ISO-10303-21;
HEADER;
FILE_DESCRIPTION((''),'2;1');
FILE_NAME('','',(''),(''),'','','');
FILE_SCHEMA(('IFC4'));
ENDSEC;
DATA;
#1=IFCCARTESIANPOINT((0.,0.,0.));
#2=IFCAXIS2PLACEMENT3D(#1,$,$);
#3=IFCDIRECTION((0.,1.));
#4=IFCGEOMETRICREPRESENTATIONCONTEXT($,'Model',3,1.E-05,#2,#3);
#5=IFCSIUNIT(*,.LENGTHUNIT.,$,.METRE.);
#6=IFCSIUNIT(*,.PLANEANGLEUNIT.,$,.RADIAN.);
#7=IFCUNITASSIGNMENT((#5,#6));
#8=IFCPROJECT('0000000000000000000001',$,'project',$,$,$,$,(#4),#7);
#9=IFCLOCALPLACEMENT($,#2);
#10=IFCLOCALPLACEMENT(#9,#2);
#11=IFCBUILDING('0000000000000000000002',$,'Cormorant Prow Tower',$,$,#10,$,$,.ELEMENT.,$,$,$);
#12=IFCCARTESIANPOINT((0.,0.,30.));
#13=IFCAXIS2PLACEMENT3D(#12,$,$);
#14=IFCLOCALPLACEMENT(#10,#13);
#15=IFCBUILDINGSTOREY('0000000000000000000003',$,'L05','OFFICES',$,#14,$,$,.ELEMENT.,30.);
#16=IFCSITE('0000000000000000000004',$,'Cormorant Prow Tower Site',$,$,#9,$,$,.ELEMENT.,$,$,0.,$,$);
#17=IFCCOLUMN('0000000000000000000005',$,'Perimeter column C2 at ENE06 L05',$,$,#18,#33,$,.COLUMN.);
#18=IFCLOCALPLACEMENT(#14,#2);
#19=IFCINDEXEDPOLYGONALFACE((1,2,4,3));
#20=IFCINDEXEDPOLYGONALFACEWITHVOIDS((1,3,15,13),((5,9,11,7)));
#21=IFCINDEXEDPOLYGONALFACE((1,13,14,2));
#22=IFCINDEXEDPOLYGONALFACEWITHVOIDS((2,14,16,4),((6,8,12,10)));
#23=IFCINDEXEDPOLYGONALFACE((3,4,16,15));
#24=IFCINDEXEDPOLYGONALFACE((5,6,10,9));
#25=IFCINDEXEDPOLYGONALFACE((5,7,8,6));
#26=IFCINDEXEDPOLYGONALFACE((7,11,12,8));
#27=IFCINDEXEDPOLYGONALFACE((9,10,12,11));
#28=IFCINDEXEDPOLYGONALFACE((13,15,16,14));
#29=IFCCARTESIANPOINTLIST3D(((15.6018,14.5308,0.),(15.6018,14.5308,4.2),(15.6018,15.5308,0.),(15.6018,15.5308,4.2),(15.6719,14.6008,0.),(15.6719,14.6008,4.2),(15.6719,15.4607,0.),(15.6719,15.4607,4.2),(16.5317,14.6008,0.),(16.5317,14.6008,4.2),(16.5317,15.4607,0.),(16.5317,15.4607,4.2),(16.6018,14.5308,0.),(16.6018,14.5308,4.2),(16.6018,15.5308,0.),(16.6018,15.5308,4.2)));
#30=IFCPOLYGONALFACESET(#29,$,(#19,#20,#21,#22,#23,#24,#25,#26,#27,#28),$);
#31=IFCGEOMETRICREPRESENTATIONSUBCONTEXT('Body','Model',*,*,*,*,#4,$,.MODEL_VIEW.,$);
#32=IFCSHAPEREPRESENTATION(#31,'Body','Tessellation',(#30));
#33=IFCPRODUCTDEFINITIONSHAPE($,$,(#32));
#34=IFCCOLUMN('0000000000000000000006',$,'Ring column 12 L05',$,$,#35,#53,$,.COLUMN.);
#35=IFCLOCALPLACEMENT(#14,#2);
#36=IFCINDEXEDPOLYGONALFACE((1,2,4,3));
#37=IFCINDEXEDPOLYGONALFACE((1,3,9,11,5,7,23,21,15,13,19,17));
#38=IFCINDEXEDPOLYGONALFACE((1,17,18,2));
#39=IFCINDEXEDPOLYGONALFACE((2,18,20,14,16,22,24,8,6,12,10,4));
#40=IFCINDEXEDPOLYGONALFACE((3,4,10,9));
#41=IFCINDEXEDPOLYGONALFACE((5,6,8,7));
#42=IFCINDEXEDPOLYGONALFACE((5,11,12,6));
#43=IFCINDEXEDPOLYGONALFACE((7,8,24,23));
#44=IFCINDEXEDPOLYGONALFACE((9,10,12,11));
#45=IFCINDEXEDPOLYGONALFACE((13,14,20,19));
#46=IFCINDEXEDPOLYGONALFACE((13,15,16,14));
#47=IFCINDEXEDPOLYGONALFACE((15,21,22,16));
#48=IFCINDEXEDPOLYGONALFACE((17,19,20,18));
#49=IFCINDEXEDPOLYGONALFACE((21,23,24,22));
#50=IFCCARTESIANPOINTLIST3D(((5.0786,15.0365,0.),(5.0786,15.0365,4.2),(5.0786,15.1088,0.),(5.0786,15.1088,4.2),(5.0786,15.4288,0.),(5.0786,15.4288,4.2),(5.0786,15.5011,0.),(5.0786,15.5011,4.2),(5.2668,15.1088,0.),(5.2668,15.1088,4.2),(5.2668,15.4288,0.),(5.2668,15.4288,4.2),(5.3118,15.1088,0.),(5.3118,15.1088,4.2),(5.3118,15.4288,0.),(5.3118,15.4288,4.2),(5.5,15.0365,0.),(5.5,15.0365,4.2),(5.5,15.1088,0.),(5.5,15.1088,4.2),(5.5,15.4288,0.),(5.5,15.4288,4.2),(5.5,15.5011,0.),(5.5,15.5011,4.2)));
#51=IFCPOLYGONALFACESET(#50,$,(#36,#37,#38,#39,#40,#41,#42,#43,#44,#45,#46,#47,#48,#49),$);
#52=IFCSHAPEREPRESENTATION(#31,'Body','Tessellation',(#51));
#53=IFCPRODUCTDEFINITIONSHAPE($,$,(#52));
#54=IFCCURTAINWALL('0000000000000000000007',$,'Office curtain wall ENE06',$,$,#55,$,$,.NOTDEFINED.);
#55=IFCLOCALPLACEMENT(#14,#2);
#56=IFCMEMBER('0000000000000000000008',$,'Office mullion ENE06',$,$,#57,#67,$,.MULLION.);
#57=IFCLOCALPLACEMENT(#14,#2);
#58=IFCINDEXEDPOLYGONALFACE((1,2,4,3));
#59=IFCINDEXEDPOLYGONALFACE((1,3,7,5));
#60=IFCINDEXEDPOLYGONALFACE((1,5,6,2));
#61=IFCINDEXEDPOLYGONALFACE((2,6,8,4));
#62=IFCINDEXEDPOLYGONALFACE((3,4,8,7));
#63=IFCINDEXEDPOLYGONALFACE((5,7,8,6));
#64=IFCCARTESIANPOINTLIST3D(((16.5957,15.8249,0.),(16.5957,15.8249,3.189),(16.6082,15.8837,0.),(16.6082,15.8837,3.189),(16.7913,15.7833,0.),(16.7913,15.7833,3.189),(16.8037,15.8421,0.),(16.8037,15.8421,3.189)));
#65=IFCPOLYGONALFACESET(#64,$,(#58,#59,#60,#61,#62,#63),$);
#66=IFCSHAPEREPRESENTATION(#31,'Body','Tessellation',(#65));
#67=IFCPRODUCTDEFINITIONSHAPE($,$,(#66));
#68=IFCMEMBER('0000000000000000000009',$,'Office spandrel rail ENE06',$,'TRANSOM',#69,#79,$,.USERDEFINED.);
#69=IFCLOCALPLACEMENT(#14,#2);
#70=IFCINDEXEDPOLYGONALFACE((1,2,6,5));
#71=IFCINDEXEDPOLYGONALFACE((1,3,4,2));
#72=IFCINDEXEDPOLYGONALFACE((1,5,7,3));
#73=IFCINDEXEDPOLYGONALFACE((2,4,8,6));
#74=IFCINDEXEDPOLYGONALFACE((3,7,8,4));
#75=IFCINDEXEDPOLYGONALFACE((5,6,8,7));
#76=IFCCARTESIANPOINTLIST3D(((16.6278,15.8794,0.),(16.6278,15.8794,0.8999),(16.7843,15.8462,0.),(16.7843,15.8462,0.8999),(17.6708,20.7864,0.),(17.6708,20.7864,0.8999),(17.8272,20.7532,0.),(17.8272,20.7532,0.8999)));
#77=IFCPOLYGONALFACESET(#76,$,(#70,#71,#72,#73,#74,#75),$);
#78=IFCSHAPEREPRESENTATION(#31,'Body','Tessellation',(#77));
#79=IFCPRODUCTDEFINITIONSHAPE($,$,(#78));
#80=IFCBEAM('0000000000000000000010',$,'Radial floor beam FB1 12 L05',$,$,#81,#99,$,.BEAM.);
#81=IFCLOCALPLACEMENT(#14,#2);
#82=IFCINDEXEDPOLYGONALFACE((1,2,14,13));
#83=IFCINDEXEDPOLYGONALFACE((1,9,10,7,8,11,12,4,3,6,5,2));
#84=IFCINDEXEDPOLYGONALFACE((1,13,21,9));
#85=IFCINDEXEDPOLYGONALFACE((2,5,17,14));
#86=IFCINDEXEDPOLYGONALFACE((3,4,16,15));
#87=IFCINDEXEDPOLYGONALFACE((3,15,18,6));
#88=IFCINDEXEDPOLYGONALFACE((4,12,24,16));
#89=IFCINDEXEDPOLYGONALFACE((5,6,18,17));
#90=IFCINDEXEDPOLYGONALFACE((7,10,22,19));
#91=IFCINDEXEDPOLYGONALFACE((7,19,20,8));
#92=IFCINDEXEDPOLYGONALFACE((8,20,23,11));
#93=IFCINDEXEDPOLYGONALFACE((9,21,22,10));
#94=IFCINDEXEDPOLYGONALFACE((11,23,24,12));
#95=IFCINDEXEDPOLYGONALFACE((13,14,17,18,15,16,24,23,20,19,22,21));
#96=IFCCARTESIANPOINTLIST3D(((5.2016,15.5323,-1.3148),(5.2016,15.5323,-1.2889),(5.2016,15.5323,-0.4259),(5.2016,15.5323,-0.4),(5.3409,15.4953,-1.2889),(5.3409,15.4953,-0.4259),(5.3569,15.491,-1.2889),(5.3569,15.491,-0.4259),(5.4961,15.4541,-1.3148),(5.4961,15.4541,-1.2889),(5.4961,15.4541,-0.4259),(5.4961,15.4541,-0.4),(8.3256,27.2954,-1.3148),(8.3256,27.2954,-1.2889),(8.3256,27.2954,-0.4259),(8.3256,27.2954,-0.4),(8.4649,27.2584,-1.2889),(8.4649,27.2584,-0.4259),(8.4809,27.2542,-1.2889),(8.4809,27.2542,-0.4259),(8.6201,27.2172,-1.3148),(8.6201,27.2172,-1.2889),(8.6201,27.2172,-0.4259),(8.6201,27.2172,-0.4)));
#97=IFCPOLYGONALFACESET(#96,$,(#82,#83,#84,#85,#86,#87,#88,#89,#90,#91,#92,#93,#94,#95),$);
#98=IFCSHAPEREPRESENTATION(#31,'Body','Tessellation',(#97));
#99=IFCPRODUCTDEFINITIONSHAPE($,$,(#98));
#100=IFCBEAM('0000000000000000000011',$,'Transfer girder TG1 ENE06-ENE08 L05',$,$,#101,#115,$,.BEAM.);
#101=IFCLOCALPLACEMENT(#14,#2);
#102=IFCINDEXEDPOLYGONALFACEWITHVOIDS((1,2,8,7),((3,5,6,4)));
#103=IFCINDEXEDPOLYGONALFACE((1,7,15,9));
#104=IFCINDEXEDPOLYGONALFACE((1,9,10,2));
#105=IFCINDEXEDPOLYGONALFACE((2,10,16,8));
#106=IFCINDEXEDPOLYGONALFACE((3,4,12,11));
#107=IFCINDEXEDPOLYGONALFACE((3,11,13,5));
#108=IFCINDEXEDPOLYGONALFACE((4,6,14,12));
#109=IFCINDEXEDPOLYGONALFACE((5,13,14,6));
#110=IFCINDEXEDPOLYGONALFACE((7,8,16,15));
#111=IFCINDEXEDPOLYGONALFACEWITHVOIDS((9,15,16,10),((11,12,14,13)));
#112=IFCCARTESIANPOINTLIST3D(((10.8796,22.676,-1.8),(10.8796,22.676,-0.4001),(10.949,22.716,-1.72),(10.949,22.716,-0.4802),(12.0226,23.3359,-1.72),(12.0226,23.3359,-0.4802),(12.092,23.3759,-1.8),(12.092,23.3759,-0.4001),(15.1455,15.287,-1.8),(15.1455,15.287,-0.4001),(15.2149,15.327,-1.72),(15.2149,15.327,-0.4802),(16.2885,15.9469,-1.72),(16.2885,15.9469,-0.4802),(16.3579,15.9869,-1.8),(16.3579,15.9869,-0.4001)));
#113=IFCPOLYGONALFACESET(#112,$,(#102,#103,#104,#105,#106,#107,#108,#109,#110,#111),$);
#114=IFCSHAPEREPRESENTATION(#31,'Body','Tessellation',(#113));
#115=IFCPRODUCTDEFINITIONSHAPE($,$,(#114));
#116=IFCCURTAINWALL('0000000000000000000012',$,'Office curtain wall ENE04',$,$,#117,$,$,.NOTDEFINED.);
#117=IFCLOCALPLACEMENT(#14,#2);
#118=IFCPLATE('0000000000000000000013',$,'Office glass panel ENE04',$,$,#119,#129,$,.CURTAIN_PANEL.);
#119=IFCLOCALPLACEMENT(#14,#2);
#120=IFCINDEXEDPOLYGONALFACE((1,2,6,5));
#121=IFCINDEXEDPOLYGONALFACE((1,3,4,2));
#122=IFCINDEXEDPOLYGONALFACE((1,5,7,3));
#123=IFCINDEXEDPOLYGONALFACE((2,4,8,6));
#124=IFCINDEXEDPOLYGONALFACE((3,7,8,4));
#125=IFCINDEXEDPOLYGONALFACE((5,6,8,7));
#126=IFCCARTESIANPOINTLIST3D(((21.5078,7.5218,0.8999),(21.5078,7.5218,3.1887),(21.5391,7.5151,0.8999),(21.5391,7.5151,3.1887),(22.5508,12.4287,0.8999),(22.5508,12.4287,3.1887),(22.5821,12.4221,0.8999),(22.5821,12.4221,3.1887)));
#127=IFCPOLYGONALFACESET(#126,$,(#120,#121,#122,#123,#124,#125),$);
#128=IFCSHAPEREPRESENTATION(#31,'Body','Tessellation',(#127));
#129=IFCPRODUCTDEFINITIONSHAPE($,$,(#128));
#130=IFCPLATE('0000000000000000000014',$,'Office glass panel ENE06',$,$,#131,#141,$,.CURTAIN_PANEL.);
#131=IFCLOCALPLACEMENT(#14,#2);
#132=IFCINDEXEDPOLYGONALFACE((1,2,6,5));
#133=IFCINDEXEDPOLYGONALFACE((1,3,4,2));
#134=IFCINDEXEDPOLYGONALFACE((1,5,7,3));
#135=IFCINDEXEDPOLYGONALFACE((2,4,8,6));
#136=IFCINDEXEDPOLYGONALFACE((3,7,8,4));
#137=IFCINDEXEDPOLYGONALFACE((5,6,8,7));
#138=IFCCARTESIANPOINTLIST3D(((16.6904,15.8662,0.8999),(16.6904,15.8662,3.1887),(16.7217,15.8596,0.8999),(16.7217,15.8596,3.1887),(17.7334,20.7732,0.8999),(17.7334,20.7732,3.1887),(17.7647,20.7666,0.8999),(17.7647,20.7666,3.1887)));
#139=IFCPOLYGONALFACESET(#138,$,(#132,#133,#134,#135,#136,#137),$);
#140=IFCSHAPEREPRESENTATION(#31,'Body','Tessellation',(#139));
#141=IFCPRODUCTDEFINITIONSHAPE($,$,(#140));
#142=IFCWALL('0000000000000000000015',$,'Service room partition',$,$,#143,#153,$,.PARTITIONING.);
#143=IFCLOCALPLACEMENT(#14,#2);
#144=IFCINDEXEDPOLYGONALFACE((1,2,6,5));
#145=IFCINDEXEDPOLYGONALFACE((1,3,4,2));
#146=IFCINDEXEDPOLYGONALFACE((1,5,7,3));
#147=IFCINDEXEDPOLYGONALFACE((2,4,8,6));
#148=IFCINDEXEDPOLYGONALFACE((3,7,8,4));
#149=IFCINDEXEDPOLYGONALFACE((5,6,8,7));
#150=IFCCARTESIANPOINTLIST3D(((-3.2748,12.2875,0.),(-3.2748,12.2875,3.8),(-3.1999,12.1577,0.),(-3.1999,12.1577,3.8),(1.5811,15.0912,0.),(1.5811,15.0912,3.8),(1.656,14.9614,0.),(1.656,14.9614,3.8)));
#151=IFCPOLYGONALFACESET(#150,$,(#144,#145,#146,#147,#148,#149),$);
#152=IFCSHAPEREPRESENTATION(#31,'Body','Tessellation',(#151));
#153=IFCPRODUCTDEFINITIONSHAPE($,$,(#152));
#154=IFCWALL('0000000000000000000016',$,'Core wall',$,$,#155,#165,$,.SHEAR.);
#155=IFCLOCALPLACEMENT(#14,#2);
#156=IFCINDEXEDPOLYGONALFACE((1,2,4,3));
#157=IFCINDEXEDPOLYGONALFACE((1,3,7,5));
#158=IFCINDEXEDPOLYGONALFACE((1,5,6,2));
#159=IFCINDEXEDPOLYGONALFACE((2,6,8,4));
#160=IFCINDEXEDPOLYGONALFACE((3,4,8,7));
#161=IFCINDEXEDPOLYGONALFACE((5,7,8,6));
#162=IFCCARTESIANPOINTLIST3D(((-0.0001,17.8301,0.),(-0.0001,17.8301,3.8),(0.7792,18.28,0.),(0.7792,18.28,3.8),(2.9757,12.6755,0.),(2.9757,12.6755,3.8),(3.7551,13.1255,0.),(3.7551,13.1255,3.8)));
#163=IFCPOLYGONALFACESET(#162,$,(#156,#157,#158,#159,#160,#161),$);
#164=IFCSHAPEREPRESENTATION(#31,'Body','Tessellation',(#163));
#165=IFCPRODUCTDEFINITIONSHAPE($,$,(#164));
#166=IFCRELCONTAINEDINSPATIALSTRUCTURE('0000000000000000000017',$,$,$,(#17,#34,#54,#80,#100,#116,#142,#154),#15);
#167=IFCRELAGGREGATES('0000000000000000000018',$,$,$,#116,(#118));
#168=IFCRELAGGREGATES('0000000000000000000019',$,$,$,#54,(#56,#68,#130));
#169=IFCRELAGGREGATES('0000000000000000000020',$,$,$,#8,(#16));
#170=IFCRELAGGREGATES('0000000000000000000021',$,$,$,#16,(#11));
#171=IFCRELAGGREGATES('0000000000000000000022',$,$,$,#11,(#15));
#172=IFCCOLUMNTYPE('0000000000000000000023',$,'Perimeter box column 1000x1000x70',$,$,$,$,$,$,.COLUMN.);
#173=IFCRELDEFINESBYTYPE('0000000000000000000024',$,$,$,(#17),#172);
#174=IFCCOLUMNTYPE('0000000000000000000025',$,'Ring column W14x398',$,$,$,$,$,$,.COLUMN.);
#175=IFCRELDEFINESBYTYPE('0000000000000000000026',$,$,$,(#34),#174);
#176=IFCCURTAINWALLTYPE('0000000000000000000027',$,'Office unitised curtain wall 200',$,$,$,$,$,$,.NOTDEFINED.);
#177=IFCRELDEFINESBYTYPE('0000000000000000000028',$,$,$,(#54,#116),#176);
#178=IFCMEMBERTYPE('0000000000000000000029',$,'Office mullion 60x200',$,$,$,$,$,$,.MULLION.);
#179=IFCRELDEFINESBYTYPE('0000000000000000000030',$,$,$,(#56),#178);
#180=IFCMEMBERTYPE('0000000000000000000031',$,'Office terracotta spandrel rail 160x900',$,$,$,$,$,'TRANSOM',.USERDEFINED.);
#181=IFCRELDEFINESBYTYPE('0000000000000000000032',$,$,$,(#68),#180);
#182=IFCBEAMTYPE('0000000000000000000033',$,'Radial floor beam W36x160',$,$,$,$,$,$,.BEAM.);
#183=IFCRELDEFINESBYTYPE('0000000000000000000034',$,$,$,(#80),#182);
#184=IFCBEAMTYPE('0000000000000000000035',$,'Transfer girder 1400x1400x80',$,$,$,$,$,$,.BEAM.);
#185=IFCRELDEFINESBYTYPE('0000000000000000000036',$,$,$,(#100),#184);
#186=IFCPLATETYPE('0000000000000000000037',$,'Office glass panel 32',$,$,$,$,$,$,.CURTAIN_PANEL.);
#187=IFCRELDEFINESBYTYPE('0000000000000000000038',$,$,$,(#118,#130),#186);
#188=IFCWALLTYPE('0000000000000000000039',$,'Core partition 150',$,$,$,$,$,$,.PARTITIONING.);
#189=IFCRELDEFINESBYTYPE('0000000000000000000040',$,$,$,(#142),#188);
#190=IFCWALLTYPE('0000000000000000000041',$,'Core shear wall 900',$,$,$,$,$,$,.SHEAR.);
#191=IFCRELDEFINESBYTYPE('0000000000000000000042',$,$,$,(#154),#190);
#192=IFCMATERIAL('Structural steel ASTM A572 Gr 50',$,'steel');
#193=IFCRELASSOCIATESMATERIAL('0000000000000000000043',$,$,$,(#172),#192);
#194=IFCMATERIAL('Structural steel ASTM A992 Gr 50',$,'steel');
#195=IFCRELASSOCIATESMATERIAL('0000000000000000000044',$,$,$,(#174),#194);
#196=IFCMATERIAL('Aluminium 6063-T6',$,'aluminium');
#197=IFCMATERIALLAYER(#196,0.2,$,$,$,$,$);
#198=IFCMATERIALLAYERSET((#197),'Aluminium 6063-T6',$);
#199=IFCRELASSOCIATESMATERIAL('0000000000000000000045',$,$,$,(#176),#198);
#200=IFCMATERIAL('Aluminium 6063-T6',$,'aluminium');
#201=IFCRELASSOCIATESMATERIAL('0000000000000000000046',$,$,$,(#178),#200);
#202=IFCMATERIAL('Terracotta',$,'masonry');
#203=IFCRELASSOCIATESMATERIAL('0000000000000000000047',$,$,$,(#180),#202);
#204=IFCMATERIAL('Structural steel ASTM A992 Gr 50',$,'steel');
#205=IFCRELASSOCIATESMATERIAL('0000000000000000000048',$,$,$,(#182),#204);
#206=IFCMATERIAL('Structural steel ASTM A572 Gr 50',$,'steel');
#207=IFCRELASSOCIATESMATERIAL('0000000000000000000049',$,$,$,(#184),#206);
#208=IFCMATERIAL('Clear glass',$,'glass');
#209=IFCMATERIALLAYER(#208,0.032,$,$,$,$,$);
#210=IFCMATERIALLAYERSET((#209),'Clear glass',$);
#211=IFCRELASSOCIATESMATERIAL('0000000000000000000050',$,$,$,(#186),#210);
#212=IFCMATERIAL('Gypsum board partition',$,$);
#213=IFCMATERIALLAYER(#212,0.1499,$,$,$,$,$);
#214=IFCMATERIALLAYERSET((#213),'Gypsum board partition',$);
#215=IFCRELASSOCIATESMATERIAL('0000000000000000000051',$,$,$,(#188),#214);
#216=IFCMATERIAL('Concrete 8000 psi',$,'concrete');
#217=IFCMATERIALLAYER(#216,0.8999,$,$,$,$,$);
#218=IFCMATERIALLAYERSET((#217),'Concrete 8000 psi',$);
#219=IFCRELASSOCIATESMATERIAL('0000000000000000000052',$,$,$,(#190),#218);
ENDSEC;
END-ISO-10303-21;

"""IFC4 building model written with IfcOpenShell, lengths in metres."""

from ifc_helpers import new_model, si_unit, direction, frame, frame_2d, origin, origin_2d, place, context, subcontext, project, spatial, rectangle, hollow_rectangle, i_section, extrude, material, layer, layer_set, material_profile, profile_set, type_object, element, aggregate, save


model = new_model("IFC4")

# Units and contexts
model_context = context("Model", 3, precision=1e-05, world=origin(), true_north=direction((0.0, 1.0)))
body_context = subcontext(model_context, "Body", "Model", "MODEL_VIEW")
ifc_project = project(units=[si_unit("LENGTHUNIT", "METRE"), si_unit("PLANEANGLEUNIT", "RADIAN")], contexts=[model_context])

# Site, building, storey
site_placement = place(None, origin())
site = spatial("IfcSite", under=ifc_project, at=site_placement, Name="Cormorant Prow Tower Site", CompositionType="ELEMENT", RefElevation=0.0)
building_placement = place(site_placement, origin())
building = spatial("IfcBuilding", under=site, at=building_placement, Name="Cormorant Prow Tower", CompositionType="ELEMENT")
storey_placement = place(building_placement, frame((0.0, 0.0, 30.0)))
storey = spatial("IfcBuildingStorey", under=building, at=storey_placement, Name="L05", Description="OFFICES", CompositionType="ELEMENT", Elevation=30.0)

# Columns
ifc_material_1 = material(Name="Structural steel ASTM A572 Gr 50", Category="steel")
ifc_material_profile_1 = material_profile(ifc_material_1, hollow_rectangle(XDim=1.0, YDim=1.0, WallThickness=0.0701, at=origin_2d()), Name="Box 1000x1000x70")
ifc_profile_set_1 = profile_set([ifc_material_profile_1], Name="Structural steel ASTM A572 Gr 50")
column_type_1 = type_object("IfcColumnType", Name="Perimeter box column 1000x1000x70", PredefinedType="COLUMN", material=ifc_profile_set_1)
column_1_placement = place(storey_placement, frame((16.1018, 15.0308, 0.0), z_axis=(0.0, 0.0, 1.0), x_axis=(1.0, 0.0, 0.0)))
element("IfcColumn", 1, at=column_1_placement, inside=storey, type_object=column_type_1, Name="Perimeter column C2 at ENE06 L05", PredefinedType="COLUMN", context=body_context, shape_type="SweptSolid", body=[
    extrude(hollow_rectangle(XDim=1.0, YDim=1.0, WallThickness=0.0701, at=origin_2d()), origin(), (0.0, 0.0, 1.0), 4.2),
])
ifc_material_2 = material(Name="Structural steel ASTM A992 Gr 50", Category="steel")
ifc_material_profile_2 = material_profile(ifc_material_2, i_section(OverallWidth=0.4214, OverallDepth=0.4646, WebThickness=0.0449, FlangeThickness=0.0723, at=origin_2d()), Name="W14x398")
ifc_profile_set_2 = profile_set([ifc_material_profile_2], Name="Structural steel ASTM A992 Gr 50")
column_type_2 = type_object("IfcColumnType", Name="Ring column W14x398", PredefinedType="COLUMN", material=ifc_profile_set_2)
column_2_placement = place(storey_placement, frame((5.2893, 15.2688, 0.0), z_axis=(0.0, 0.0, 1.0), x_axis=(1.0, 0.0, 0.0)))
element("IfcColumn", 2, at=column_2_placement, inside=storey, type_object=column_type_2, Name="Ring column 12 L05", PredefinedType="COLUMN", context=body_context, shape_type="SweptSolid", body=[
    extrude(i_section(OverallWidth=0.4214, OverallDepth=0.4646, WebThickness=0.0449, FlangeThickness=0.0723, at=origin_2d()), origin(), (0.0, 0.0, 1.0), 4.2),
])

# Curtain wall, members
ifc_material_3 = material(Name="Aluminium 6063-T6", Category="aluminium")
ifc_layer_1 = layer(ifc_material_3, 0.2)
ifc_layer_set_1 = layer_set([ifc_layer_1], Name="Aluminium 6063-T6")
curtain_wall_type = type_object("IfcCurtainWallType", Name="Office unitised curtain wall 200", PredefinedType="NOTDEFINED", material=ifc_layer_set_1)
curtain_wall_1_placement = place(storey_placement, origin())
curtain_wall_1 = element("IfcCurtainWall", 3, at=curtain_wall_1_placement, inside=storey, type_object=curtain_wall_type, Name="Office curtain wall ENE06", PredefinedType="NOTDEFINED")
ifc_material_4 = material(Name="Aluminium 6063-T6", Category="aluminium")
ifc_material_profile_3 = material_profile(ifc_material_4, rectangle(XDim=0.2, YDim=0.0601, at=origin_2d()), Name="Office mullion 60x200")
ifc_profile_set_3 = profile_set([ifc_material_profile_3], Name="Aluminium 6063-T6")
member_type_1 = type_object("IfcMemberType", Name="Office mullion 60x200", PredefinedType="MULLION", material=ifc_profile_set_3)
member_1_placement = place(storey_placement, frame((16.6997, 15.8335, 0.0), z_axis=(0.0, 0.0, 1.0), x_axis=(-0.978148, 0.207912, 0.0)))
member_1 = element("IfcMember", 4, at=member_1_placement, type_object=member_type_1, Name="Office mullion ENE06", PredefinedType="MULLION", context=body_context, shape_type="SweptSolid", body=[
    extrude(rectangle(XDim=0.2, YDim=0.0601, at=origin_2d()), origin(), (0.0, 0.0, 1.0), 3.189),
])
ifc_material_5 = material(Name="Terracotta", Category="masonry")
ifc_material_profile_4 = material_profile(ifc_material_5, rectangle(XDim=0.1599, YDim=0.8999, at=origin_2d()), Name="Office terracotta spandrel rail 160x900")
ifc_profile_set_4 = profile_set([ifc_material_profile_4], Name="Terracotta")
member_type_2 = type_object("IfcMemberType", Name="Office terracotta spandrel rail 160x900", ElementType="TRANSOM", PredefinedType="USERDEFINED", material=ifc_profile_set_4)
member_2_placement = place(storey_placement, frame((16.7061, 15.8628, 0.45), z_axis=(0.207904, 0.978149, 0.0), x_axis=(-0.978149, 0.207904, 0.0)))
member_2 = element("IfcMember", 5, at=member_2_placement, type_object=member_type_2, Name="Office spandrel rail ENE06", ObjectType="TRANSOM", PredefinedType="USERDEFINED", context=body_context, shape_type="SweptSolid", body=[
    extrude(rectangle(XDim=0.1599, YDim=0.8999, at=origin_2d()), origin(), (0.0, 0.0, 1.0), 5.0166),
])

# Beams
ifc_material_6 = material(Name="Structural steel ASTM A992 Gr 50", Category="steel")
ifc_material_profile_5 = material_profile(ifc_material_6, i_section(OverallWidth=0.3047, OverallDepth=0.9148, WebThickness=0.0166, FlangeThickness=0.0259, at=origin_2d()), Name="W36x160")
ifc_profile_set_5 = profile_set([ifc_material_profile_5], Name="Structural steel ASTM A992 Gr 50")
beam_type_1 = type_object("IfcBeamType", Name="Radial floor beam W36x160", PredefinedType="BEAM", material=ifc_profile_set_5)
beam_1_placement = place(storey_placement, frame((5.3489, 15.4932, -0.8574), z_axis=(0.256679, 0.966497, 0.0), x_axis=(-0.966497, 0.256679, 0.0)))
element("IfcBeam", 6, at=beam_1_placement, inside=storey, type_object=beam_type_1, Name="Radial floor beam FB1 12 L05", PredefinedType="BEAM", context=body_context, shape_type="SweptSolid", body=[
    extrude(i_section(OverallWidth=0.3047, OverallDepth=0.9148, WebThickness=0.0166, FlangeThickness=0.0259, at=origin_2d()), origin(), (0.0, 0.0, 1.0), 12.1709),
])
ifc_material_7 = material(Name="Structural steel ASTM A572 Gr 50", Category="steel")
ifc_material_profile_6 = material_profile(ifc_material_7, hollow_rectangle(XDim=1.3999, YDim=1.3999, WallThickness=0.0801, at=origin_2d()), Name="Box 1400x1400x80")
ifc_profile_set_6 = profile_set([ifc_material_profile_6], Name="Structural steel ASTM A572 Gr 50")
beam_type_2 = type_object("IfcBeamType", Name="Transfer girder 1400x1400x80", PredefinedType="BEAM", material=ifc_profile_set_6)
beam_2_placement = place(storey_placement, frame((15.7517, 15.637, -1.1001), z_axis=(-0.499989, 0.866032, 0.0), x_axis=(-0.866032, -0.499989, 0.0)))
element("IfcBeam", 7, at=beam_2_placement, inside=storey, type_object=beam_type_2, Name="Transfer girder TG1 ENE06-ENE08 L05", PredefinedType="BEAM", context=body_context, shape_type="SweptSolid", body=[
    extrude(hollow_rectangle(XDim=1.3999, YDim=1.3999, WallThickness=0.0801, at=origin_2d()), origin(), (0.0, 0.0, 1.0), 8.532),
])

# Curtain wall, plate
curtain_wall_2_placement = place(storey_placement, origin())
curtain_wall_2 = element("IfcCurtainWall", 8, at=curtain_wall_2_placement, inside=storey, type_object=curtain_wall_type, Name="Office curtain wall ENE04", PredefinedType="NOTDEFINED")
ifc_material_8 = material(Name="Clear glass", Category="glass")
ifc_layer_2 = layer(ifc_material_8, 0.032)
ifc_layer_set_2 = layer_set([ifc_layer_2], Name="Clear glass")
plate_type = type_object("IfcPlateType", Name="Office glass panel 32", PredefinedType="CURTAIN_PANEL", material=ifc_layer_set_2)
plate_1_placement = place(storey_placement, frame((22.0449, 9.9719, 0.8999), z_axis=(0.0, 0.0, 1.0), x_axis=(0.207912, 0.978148, 0.0)))
plate_1 = element("IfcPlate", 9, at=plate_1_placement, type_object=plate_type, Name="Office glass panel ENE04", PredefinedType="CURTAIN_PANEL", context=body_context, shape_type="SweptSolid", body=[
    extrude(rectangle(XDim=5.0166, YDim=0.032, at=origin_2d()), origin(), (0.0, 0.0, 1.0), 2.2888),
])
aggregate(curtain_wall_2, [plate_1])

# Plate
plate_2_placement = place(storey_placement, frame((17.2275, 18.3164, 0.8999), z_axis=(0.0, 0.0, 1.0), x_axis=(0.207912, 0.978148, 0.0)))
plate_2 = element("IfcPlate", 10, at=plate_2_placement, type_object=plate_type, Name="Office glass panel ENE06", PredefinedType="CURTAIN_PANEL", context=body_context, shape_type="SweptSolid", body=[
    extrude(rectangle(XDim=5.0166, YDim=0.032, at=origin_2d()), origin(), (0.0, 0.0, 1.0), 2.2888),
])
aggregate(curtain_wall_1, [member_1, member_2, plate_2])

# Walls
ifc_material_9 = material(Name="Gypsum board partition")
ifc_layer_3 = layer(ifc_material_9, 0.1499)
ifc_layer_set_3 = layer_set([ifc_layer_3], Name="Gypsum board partition")
wall_type_1 = type_object("IfcWallType", Name="Core partition 150", PredefinedType="PARTITIONING", material=ifc_layer_set_3)
wall_1_placement = place(storey_placement, frame((1.6187, 15.0264, 0.0), z_axis=(0.0, 0.0, 1.0), x_axis=(-0.866016, -0.500016, 0.0)))
element("IfcWall", 11, at=wall_1_placement, inside=storey, type_object=wall_type_1, Name="Service room partition", PredefinedType="PARTITIONING", context=body_context, shape_type="SweptSolid", body=[
    extrude(rectangle(XDim=5.6072, YDim=0.1499, at=frame_2d((2.8037, 0.0))), origin(), (0.0, 0.0, 1.0), 3.8),
])
ifc_material_10 = material(Name="Concrete 8000 psi", Category="concrete")
ifc_layer_4 = layer(ifc_material_10, 0.8999)
ifc_layer_set_4 = layer_set([ifc_layer_4], Name="Concrete 8000 psi")
wall_type_2 = type_object("IfcWallType", Name="Core shear wall 900", PredefinedType="SHEAR", material=ifc_layer_set_4)
wall_2_placement = place(storey_placement, frame((3.3655, 12.9004, 0.0), z_axis=(0.0, 0.0, 1.0), x_axis=(-0.499982, 0.866036, 0.0)))
element("IfcWall", 12, at=wall_2_placement, inside=storey, type_object=wall_type_2, Name="Core wall", PredefinedType="SHEAR", context=body_context, shape_type="SweptSolid", body=[
    extrude(rectangle(XDim=5.9519, YDim=0.8999, at=frame_2d((2.9761, 0.0))), origin(), (0.0, 0.0, 1.0), 3.8),
])

save(model, "model.ifc")
